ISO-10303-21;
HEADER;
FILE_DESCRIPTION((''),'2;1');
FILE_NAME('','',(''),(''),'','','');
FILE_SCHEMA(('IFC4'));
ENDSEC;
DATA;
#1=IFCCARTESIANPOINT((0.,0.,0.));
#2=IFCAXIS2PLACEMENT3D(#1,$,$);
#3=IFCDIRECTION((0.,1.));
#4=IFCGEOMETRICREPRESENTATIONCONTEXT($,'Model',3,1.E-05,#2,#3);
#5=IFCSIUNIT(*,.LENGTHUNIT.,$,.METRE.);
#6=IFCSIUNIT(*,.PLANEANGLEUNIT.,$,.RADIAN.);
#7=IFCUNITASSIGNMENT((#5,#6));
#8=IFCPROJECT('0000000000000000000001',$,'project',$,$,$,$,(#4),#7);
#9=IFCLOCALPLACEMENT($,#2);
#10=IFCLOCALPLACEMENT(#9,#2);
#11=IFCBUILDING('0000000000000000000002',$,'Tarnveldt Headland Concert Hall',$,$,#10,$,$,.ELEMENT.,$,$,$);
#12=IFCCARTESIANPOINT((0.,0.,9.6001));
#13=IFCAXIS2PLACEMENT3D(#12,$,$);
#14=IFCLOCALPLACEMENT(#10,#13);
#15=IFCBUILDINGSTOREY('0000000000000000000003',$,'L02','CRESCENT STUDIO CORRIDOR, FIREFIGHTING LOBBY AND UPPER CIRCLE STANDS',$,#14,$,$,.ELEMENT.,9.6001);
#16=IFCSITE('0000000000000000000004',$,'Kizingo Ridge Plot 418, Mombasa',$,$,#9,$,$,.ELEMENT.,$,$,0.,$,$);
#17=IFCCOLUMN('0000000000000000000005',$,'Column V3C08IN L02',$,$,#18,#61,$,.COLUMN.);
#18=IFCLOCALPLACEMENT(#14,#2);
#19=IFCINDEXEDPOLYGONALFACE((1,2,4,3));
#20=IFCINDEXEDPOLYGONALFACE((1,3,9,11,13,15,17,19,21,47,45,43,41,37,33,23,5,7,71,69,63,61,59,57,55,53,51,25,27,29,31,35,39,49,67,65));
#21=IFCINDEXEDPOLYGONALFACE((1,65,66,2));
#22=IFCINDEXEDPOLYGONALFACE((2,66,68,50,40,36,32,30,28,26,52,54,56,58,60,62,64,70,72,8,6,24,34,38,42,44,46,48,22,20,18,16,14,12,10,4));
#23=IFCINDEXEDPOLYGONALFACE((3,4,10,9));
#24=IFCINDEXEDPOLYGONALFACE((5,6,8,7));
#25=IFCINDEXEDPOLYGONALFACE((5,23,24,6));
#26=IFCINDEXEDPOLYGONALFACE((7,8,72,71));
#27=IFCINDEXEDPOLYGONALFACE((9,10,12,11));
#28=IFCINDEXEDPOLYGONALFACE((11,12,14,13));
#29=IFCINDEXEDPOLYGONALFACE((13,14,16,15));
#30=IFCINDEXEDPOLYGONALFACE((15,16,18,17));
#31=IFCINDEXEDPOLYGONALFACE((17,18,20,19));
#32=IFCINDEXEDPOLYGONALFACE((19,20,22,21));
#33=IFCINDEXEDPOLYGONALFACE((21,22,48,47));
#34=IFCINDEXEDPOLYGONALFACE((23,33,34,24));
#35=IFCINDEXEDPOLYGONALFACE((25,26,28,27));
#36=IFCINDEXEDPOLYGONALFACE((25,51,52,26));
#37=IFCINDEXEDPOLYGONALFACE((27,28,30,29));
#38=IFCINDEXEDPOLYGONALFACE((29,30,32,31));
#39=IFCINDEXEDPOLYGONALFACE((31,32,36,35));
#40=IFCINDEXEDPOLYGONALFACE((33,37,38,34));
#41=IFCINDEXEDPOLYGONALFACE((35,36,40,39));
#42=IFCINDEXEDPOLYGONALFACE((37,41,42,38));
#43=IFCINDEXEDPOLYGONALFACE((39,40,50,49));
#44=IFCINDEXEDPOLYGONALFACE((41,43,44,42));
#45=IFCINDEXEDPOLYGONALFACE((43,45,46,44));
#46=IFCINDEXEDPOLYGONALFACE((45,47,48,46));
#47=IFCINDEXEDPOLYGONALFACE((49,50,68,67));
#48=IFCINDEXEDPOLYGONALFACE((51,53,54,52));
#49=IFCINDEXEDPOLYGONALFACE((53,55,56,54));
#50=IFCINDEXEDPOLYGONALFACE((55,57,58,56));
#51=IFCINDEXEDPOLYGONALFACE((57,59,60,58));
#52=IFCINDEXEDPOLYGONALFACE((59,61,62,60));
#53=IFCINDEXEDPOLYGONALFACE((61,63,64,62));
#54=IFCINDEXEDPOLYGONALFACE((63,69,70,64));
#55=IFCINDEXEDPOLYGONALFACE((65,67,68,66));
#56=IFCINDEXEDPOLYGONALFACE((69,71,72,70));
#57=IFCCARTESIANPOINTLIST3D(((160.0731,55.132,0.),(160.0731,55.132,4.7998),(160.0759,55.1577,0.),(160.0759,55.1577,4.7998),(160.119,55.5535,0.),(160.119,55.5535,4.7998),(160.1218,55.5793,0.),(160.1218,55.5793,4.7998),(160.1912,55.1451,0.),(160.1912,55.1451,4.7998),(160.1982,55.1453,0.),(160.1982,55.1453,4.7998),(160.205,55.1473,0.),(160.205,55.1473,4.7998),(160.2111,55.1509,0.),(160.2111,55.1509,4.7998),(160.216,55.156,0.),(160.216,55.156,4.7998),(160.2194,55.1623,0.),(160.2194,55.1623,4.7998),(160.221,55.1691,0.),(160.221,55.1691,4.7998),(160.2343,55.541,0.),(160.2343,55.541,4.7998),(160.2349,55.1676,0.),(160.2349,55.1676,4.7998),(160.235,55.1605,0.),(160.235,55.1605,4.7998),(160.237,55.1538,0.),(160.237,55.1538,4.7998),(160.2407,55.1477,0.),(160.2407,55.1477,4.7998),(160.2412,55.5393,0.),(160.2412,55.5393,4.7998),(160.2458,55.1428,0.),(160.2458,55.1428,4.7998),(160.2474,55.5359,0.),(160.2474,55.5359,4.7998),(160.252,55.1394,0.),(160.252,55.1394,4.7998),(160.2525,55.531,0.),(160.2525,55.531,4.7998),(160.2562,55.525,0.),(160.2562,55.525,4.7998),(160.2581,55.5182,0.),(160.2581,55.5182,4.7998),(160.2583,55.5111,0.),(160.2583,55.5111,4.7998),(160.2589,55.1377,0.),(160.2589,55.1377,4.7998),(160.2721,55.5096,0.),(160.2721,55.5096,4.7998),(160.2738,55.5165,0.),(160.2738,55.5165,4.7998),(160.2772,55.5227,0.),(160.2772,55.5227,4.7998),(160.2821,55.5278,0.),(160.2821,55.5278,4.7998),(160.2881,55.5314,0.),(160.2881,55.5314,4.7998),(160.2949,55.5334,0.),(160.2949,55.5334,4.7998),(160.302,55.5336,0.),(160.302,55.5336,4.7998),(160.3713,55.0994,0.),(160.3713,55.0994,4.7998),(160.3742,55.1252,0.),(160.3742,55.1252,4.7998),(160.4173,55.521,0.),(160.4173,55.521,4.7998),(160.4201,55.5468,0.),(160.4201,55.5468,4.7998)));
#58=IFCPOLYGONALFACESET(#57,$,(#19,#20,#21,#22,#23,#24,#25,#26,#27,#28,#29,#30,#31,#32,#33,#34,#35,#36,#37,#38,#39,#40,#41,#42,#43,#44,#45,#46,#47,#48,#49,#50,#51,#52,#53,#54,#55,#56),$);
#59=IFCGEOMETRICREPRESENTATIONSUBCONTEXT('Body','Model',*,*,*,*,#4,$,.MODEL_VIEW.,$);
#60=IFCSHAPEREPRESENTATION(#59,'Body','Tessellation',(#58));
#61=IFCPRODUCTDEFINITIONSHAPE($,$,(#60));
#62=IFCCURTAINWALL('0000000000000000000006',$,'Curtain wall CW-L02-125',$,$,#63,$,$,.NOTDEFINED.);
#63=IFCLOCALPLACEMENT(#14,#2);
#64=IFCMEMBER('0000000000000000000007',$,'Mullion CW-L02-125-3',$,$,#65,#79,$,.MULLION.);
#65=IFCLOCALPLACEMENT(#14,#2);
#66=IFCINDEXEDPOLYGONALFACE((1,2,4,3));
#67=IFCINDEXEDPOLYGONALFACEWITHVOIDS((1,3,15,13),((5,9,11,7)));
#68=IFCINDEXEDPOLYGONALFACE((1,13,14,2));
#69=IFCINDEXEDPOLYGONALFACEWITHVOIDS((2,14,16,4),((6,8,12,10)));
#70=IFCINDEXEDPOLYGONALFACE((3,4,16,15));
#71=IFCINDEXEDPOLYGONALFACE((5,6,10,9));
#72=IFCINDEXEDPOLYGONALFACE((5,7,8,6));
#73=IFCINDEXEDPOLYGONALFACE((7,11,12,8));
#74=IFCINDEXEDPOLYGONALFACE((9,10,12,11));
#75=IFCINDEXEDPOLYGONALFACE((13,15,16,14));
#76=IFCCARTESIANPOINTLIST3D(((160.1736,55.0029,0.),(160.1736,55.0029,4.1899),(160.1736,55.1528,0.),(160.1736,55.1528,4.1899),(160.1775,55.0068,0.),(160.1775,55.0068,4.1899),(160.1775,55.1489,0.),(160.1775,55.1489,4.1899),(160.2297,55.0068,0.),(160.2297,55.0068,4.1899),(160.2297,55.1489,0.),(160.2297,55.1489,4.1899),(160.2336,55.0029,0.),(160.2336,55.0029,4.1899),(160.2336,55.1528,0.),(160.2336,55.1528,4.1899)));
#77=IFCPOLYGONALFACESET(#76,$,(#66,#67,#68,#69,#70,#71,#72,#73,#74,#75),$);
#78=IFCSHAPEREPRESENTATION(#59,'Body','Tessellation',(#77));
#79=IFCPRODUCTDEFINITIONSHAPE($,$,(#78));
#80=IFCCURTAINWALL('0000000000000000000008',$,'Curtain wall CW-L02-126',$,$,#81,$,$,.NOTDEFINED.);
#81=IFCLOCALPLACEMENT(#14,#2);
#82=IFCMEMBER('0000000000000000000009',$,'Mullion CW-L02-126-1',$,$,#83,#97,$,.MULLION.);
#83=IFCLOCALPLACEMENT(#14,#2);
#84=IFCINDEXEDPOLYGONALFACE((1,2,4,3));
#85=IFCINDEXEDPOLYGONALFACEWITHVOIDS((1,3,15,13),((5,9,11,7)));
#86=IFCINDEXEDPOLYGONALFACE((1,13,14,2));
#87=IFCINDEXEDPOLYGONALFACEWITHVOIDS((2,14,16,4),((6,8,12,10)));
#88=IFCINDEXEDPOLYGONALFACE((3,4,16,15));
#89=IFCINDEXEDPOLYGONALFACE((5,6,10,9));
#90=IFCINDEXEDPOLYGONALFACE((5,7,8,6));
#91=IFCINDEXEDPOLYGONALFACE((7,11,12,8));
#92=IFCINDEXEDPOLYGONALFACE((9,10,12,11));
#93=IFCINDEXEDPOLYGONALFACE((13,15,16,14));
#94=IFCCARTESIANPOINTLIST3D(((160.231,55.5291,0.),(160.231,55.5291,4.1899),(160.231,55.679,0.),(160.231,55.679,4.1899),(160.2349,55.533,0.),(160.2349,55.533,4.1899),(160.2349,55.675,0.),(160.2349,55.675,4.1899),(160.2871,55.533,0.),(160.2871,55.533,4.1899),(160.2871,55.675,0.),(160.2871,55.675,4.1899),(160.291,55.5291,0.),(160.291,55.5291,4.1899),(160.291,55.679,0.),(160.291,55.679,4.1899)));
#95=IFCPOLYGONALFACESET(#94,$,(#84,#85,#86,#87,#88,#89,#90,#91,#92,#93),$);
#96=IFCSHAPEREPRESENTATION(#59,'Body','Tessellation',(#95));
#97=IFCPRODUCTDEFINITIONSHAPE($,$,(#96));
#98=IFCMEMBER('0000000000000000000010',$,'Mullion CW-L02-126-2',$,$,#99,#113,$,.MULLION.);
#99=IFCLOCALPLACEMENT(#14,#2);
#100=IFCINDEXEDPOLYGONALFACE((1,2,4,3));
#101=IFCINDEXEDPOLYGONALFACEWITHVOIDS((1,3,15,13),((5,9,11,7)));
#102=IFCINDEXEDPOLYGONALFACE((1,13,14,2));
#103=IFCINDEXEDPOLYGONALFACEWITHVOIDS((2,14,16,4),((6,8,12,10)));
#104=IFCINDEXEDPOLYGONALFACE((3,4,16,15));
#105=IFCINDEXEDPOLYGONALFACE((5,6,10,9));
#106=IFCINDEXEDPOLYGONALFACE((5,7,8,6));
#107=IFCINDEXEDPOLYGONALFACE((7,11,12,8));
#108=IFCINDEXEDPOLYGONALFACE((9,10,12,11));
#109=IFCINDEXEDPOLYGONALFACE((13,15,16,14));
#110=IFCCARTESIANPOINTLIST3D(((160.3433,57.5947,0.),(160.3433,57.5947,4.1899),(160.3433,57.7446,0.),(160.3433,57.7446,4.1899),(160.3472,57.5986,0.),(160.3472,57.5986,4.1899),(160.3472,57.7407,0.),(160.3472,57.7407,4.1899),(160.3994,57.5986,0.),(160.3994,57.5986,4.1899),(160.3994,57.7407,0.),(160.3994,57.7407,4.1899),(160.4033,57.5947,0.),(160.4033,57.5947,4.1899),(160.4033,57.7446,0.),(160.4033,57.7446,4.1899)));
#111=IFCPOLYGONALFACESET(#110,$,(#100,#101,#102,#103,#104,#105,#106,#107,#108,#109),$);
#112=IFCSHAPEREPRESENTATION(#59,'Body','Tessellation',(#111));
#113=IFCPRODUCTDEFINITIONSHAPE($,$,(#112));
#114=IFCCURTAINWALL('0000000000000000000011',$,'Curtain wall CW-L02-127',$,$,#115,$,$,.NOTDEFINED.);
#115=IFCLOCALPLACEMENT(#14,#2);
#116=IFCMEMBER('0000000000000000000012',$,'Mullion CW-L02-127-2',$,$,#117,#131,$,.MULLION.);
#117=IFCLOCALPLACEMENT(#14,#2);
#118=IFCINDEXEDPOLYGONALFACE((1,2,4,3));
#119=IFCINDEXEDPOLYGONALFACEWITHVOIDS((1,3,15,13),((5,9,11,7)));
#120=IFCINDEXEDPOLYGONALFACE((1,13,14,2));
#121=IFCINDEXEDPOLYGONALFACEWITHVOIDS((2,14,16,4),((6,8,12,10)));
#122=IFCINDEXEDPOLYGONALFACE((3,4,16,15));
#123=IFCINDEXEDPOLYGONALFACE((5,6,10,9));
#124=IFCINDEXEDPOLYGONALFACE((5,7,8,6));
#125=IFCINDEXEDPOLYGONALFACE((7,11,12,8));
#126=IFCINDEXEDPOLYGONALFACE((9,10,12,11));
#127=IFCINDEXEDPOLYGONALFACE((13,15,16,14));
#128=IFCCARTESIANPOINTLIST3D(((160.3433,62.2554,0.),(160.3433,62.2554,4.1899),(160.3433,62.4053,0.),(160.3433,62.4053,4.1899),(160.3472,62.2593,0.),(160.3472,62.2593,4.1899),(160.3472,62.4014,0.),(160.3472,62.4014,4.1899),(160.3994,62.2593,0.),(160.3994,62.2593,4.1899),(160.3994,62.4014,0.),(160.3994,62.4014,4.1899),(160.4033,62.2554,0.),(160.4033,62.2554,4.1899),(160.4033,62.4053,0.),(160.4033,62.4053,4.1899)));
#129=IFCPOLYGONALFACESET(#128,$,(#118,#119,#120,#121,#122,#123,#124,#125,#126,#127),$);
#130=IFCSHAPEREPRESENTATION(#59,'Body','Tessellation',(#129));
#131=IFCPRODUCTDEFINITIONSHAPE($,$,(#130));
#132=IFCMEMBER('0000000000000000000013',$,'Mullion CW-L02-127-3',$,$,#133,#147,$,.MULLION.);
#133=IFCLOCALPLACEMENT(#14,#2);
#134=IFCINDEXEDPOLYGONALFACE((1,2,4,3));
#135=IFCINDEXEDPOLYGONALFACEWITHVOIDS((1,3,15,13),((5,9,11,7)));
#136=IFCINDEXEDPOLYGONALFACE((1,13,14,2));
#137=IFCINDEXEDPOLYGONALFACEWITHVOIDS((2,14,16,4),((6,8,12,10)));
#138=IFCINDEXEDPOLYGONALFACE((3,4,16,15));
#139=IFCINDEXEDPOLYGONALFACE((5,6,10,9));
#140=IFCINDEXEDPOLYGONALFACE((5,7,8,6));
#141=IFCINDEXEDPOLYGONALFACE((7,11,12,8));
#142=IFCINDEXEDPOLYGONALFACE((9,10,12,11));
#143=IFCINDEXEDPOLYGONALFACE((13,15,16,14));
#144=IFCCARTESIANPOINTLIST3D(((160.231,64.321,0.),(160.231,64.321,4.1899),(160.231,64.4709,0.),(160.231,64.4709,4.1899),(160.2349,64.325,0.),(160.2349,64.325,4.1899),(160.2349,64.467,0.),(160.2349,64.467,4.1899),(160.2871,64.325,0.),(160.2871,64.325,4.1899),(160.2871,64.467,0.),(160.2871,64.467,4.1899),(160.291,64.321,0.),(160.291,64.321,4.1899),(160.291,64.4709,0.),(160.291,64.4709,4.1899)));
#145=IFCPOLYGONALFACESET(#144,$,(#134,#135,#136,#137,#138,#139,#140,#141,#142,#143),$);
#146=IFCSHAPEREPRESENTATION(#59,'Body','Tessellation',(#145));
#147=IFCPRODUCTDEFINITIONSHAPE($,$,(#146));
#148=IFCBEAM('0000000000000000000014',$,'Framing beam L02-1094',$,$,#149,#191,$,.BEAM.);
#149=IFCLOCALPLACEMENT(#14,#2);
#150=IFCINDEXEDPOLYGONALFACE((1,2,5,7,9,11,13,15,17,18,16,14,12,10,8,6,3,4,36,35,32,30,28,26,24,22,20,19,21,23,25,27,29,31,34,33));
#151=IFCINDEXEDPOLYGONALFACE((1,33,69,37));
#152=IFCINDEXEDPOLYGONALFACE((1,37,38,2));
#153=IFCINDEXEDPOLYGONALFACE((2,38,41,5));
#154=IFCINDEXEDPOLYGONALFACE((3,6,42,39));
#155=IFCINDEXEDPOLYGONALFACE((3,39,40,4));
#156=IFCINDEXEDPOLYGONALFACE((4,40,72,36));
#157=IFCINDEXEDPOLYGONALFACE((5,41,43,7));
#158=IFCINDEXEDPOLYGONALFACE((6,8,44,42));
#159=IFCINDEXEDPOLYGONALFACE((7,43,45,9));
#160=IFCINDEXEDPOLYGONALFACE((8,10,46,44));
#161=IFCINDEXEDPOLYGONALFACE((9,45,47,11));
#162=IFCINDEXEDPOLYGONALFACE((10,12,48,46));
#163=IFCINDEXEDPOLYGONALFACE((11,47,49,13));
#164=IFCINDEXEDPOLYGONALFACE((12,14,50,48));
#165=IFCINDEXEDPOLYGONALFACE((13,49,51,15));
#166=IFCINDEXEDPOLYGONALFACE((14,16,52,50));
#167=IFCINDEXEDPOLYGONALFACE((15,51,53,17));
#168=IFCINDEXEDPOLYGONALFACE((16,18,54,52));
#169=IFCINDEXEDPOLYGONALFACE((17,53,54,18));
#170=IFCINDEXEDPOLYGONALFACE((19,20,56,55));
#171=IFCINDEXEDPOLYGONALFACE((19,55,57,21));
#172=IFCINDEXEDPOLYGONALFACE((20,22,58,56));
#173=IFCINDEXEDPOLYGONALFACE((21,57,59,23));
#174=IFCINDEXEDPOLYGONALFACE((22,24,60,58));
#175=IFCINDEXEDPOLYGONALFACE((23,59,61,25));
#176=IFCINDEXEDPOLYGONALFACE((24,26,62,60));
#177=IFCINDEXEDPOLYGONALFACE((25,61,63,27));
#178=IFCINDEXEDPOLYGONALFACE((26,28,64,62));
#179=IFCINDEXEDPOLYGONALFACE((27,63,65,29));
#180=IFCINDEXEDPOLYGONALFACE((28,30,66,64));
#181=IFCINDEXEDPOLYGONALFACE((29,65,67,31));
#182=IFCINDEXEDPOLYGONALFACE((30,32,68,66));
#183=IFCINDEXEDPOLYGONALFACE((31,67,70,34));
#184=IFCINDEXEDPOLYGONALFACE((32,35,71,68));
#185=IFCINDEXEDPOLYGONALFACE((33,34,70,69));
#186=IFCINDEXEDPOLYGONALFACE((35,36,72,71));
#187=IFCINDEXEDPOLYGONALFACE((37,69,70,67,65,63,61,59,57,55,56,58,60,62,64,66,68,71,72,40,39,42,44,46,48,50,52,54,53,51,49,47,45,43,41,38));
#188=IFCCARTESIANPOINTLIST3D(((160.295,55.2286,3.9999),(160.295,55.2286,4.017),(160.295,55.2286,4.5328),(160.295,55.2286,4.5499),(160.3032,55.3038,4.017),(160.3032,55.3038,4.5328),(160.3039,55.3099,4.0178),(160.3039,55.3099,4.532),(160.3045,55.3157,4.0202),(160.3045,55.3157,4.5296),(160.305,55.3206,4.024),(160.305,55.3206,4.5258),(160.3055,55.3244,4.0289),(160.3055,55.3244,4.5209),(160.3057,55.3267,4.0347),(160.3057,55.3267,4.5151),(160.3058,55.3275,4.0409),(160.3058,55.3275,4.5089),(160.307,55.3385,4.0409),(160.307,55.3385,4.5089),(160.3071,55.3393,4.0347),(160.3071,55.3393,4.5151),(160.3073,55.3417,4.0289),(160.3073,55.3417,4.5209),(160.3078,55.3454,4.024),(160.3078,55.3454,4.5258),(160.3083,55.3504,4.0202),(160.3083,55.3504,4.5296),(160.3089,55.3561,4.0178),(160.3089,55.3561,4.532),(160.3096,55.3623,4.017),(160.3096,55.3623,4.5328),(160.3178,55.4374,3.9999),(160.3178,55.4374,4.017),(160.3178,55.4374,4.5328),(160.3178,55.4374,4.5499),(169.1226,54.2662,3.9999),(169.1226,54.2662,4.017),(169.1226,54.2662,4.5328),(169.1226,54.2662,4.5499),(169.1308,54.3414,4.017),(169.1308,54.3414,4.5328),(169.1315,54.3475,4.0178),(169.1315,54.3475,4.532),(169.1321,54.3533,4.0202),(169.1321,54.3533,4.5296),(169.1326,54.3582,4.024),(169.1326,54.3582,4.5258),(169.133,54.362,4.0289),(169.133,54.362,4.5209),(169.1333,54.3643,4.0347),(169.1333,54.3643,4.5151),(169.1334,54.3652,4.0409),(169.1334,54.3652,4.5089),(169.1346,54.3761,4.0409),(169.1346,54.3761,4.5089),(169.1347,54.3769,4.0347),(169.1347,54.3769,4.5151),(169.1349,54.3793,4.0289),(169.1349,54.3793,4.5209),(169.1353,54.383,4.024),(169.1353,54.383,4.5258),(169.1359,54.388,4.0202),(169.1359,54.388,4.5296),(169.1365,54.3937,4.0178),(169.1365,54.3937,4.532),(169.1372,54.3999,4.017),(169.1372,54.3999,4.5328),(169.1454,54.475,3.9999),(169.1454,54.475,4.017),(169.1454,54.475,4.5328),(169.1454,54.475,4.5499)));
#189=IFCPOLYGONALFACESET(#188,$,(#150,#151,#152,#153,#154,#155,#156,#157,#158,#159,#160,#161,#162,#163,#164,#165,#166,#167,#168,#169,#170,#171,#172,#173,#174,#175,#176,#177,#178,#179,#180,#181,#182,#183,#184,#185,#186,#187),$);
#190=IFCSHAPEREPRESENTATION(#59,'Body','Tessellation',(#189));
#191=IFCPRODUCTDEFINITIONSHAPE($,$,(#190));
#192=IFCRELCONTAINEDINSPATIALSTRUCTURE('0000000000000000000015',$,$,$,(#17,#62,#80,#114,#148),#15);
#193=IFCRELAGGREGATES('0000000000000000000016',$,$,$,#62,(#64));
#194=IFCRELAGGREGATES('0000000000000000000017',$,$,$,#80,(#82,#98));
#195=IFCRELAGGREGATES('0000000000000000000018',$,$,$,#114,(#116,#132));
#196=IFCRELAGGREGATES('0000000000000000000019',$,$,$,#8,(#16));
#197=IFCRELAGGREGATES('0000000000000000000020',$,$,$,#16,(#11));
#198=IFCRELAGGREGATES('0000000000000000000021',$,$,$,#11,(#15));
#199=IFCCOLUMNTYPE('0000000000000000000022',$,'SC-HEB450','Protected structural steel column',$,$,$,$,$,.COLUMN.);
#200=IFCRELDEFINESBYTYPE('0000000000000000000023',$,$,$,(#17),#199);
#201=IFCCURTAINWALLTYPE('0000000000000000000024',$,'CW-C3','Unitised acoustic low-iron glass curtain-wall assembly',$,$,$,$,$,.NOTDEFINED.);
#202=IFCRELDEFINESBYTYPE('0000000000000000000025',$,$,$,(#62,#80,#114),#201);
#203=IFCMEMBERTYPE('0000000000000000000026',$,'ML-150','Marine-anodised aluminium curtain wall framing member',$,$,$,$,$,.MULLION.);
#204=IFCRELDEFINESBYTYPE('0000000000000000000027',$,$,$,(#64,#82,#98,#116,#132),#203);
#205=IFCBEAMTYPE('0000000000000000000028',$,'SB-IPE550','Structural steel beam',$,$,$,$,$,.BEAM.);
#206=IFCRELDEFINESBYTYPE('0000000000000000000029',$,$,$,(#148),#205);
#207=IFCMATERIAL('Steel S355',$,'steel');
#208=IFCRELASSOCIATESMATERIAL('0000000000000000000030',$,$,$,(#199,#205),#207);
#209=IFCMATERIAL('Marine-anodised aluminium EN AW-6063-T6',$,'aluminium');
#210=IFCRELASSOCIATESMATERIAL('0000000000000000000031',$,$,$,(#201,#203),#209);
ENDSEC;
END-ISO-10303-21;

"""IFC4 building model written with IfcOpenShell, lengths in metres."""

from ifc_helpers import new_model, si_unit, direction, frame, origin, origin_2d, place, context, subcontext, project, spatial, hollow_rectangle, i_section, extrude, material, material_profile, profile_set, type_object, element, aggregate, save


model = new_model("IFC4")

# Units and contexts
model_context = context("Model", 3, precision=1e-05, world=origin(), true_north=direction((0.0, 1.0)))
body_context = subcontext(model_context, "Body", "Model", "MODEL_VIEW")
ifc_project = project(units=[si_unit("LENGTHUNIT", "METRE"), si_unit("PLANEANGLEUNIT", "RADIAN")], contexts=[model_context])

# Site, building, storey
site_placement = place(None, origin())
site = spatial("IfcSite", under=ifc_project, at=site_placement, Name="Kizingo Ridge Plot 418, Mombasa", CompositionType="ELEMENT", RefElevation=0.0)
building_placement = place(site_placement, origin())
building = spatial("IfcBuilding", under=site, at=building_placement, Name="Tarnveldt Headland Concert Hall", CompositionType="ELEMENT")
storey_placement = place(building_placement, frame((0.0, 0.0, 9.6001)))
storey = spatial("IfcBuildingStorey", under=building, at=storey_placement, Name="L02", Description="CRESCENT STUDIO CORRIDOR, FIREFIGHTING LOBBY AND UPPER CIRCLE STANDS", CompositionType="ELEMENT", Elevation=9.6001)

# Column
ifc_material_1 = material(Name="Steel S355", Category="steel")
ifc_material_profile_1 = material_profile(ifc_material_1, i_section(OverallWidth=0.3, OverallDepth=0.45, WebThickness=0.0139, FlangeThickness=0.0259, FilletRadius=0.0271, at=origin_2d()), Name="HEB450", Category="steel")
ifc_profile_set_1 = profile_set([ifc_material_profile_1], Name="Steel S355")
column_type = type_object("IfcColumnType", Name="SC-HEB450", Description="Protected structural steel column", PredefinedType="COLUMN", material=ifc_profile_set_1)
column_placement = place(storey_placement, frame((160.2466, 55.3394, 0.0), z_axis=(0.0, 0.0, 1.0), x_axis=(0.994113, -0.108346, 0.0)))
element("IfcColumn", 1, at=column_placement, inside=storey, type_object=column_type, Name="Column V3C08IN L02", PredefinedType="COLUMN", context=body_context, shape_type="SweptSolid", body=[
    extrude(i_section(OverallWidth=0.3, OverallDepth=0.45, WebThickness=0.0139, FlangeThickness=0.0259, FilletRadius=0.0271, at=origin_2d()), origin(), (0.0, 0.0, 1.0), 4.7998),
])

# Curtain wall, member
ifc_material_2 = material(Name="Marine-anodised aluminium EN AW-6063-T6", Category="aluminium")
curtain_wall_type = type_object("IfcCurtainWallType", Name="CW-C3", Description="Unitised acoustic low-iron glass curtain-wall assembly", PredefinedType="NOTDEFINED", material=ifc_material_2)
curtain_wall_1_placement = place(storey_placement, origin())
curtain_wall_1 = element("IfcCurtainWall", 2, at=curtain_wall_1_placement, inside=storey, type_object=curtain_wall_type, Name="Curtain wall CW-L02-125", PredefinedType="NOTDEFINED")
ifc_material_profile_2 = material_profile(ifc_material_2, hollow_rectangle(XDim=0.0601, YDim=0.1499, WallThickness=0.0039, at=origin_2d()), Name="ALU MULLION 60x150x4", Category="aluminium")
ifc_profile_set_2 = profile_set([ifc_material_profile_2], Name="Marine-anodised aluminium EN AW-6063-T6")
member_type_1 = type_object("IfcMemberType", Name="ML-150", Description="Marine-anodised aluminium curtain wall framing member", PredefinedType="MULLION", material=ifc_profile_set_2)
member_1_placement = place(storey_placement, frame((160.2036, 55.0779, 0.0), z_axis=(0.0, 0.0, 1.0), x_axis=(1.0, 0.0, 0.0)))
member_1 = element("IfcMember", 3, at=member_1_placement, type_object=member_type_1, Name="Mullion CW-L02-125-3", PredefinedType="MULLION", context=body_context, shape_type="SweptSolid", body=[
    extrude(hollow_rectangle(XDim=0.0601, YDim=0.1499, WallThickness=0.0039, at=origin_2d()), origin(), (0.0, 0.0, 1.0), 4.1899),
])

# Curtain walls, members
curtain_wall_2_placement = place(storey_placement, origin())
curtain_wall_2 = element("IfcCurtainWall", 4, at=curtain_wall_2_placement, inside=storey, type_object=curtain_wall_type, Name="Curtain wall CW-L02-126", PredefinedType="NOTDEFINED")
member_2_placement = place(storey_placement, frame((160.261, 55.604, 0.0), z_axis=(0.0, 0.0, 1.0), x_axis=(1.0, 0.0, 0.0)))
member_2 = element("IfcMember", 5, at=member_2_placement, type_object=member_type_1, Name="Mullion CW-L02-126-1", PredefinedType="MULLION", context=body_context, shape_type="SweptSolid", body=[
    extrude(hollow_rectangle(XDim=0.0601, YDim=0.1499, WallThickness=0.0039, at=origin_2d()), origin(), (0.0, 0.0, 1.0), 4.1899),
])
member_3_placement = place(storey_placement, frame((160.3733, 57.6697, 0.0), z_axis=(0.0, 0.0, 1.0), x_axis=(1.0, 0.0, 0.0)))
member_3 = element("IfcMember", 6, at=member_3_placement, type_object=member_type_1, Name="Mullion CW-L02-126-2", PredefinedType="MULLION", context=body_context, shape_type="SweptSolid", body=[
    extrude(hollow_rectangle(XDim=0.0601, YDim=0.1499, WallThickness=0.0039, at=origin_2d()), origin(), (0.0, 0.0, 1.0), 4.1899),
])
curtain_wall_3_placement = place(storey_placement, origin())
curtain_wall_3 = element("IfcCurtainWall", 7, at=curtain_wall_3_placement, inside=storey, type_object=curtain_wall_type, Name="Curtain wall CW-L02-127", PredefinedType="NOTDEFINED")
member_4_placement = place(storey_placement, frame((160.3733, 62.3303, 0.0), z_axis=(0.0, 0.0, 1.0), x_axis=(1.0, 0.0, 0.0)))
member_4 = element("IfcMember", 8, at=member_4_placement, type_object=member_type_1, Name="Mullion CW-L02-127-2", PredefinedType="MULLION", context=body_context, shape_type="SweptSolid", body=[
    extrude(hollow_rectangle(XDim=0.0601, YDim=0.1499, WallThickness=0.0039, at=origin_2d()), origin(), (0.0, 0.0, 1.0), 4.1899),
])
member_5_placement = place(storey_placement, frame((160.261, 64.396, 0.0), z_axis=(0.0, 0.0, 1.0), x_axis=(1.0, 0.0, 0.0)))
member_5 = element("IfcMember", 9, at=member_5_placement, type_object=member_type_1, Name="Mullion CW-L02-127-3", PredefinedType="MULLION", context=body_context, shape_type="SweptSolid", body=[
    extrude(hollow_rectangle(XDim=0.0601, YDim=0.1499, WallThickness=0.0039, at=origin_2d()), origin(), (0.0, 0.0, 1.0), 4.1899),
])

# Beam
ifc_material_profile_3 = material_profile(ifc_material_1, i_section(OverallWidth=0.21, OverallDepth=0.55, WebThickness=0.011, FlangeThickness=0.0171, FilletRadius=0.0239, at=origin_2d()), Name="IPE550", Category="steel")
ifc_profile_set_3 = profile_set([ifc_material_profile_3], Name="Steel S355")
beam_type_1 = type_object("IfcBeamType", Name="SB-IPE550", Description="Structural steel beam", PredefinedType="BEAM", material=ifc_profile_set_3)
beam_1_placement = place(storey_placement, frame((160.3064, 55.333, 4.2749), z_axis=(0.99411, -0.108379, 0.0), x_axis=(0.108379, 0.99411, 0.0)))
element("IfcBeam", 10, at=beam_1_placement, inside=storey, type_object=beam_type_1, Name="Framing beam L02-1094", PredefinedType="BEAM", context=body_context, shape_type="SweptSolid", body=[
    extrude(i_section(OverallWidth=0.21, OverallDepth=0.55, WebThickness=0.011, FlangeThickness=0.0171, FilletRadius=0.0239, at=origin_2d()), origin(), (0.0, 0.0, 1.0), 8.8799),
])

aggregate(curtain_wall_1, [member_1])
aggregate(curtain_wall_2, [member_2, member_3])
aggregate(curtain_wall_3, [member_4, member_5])

save(model, "model.ifc")
